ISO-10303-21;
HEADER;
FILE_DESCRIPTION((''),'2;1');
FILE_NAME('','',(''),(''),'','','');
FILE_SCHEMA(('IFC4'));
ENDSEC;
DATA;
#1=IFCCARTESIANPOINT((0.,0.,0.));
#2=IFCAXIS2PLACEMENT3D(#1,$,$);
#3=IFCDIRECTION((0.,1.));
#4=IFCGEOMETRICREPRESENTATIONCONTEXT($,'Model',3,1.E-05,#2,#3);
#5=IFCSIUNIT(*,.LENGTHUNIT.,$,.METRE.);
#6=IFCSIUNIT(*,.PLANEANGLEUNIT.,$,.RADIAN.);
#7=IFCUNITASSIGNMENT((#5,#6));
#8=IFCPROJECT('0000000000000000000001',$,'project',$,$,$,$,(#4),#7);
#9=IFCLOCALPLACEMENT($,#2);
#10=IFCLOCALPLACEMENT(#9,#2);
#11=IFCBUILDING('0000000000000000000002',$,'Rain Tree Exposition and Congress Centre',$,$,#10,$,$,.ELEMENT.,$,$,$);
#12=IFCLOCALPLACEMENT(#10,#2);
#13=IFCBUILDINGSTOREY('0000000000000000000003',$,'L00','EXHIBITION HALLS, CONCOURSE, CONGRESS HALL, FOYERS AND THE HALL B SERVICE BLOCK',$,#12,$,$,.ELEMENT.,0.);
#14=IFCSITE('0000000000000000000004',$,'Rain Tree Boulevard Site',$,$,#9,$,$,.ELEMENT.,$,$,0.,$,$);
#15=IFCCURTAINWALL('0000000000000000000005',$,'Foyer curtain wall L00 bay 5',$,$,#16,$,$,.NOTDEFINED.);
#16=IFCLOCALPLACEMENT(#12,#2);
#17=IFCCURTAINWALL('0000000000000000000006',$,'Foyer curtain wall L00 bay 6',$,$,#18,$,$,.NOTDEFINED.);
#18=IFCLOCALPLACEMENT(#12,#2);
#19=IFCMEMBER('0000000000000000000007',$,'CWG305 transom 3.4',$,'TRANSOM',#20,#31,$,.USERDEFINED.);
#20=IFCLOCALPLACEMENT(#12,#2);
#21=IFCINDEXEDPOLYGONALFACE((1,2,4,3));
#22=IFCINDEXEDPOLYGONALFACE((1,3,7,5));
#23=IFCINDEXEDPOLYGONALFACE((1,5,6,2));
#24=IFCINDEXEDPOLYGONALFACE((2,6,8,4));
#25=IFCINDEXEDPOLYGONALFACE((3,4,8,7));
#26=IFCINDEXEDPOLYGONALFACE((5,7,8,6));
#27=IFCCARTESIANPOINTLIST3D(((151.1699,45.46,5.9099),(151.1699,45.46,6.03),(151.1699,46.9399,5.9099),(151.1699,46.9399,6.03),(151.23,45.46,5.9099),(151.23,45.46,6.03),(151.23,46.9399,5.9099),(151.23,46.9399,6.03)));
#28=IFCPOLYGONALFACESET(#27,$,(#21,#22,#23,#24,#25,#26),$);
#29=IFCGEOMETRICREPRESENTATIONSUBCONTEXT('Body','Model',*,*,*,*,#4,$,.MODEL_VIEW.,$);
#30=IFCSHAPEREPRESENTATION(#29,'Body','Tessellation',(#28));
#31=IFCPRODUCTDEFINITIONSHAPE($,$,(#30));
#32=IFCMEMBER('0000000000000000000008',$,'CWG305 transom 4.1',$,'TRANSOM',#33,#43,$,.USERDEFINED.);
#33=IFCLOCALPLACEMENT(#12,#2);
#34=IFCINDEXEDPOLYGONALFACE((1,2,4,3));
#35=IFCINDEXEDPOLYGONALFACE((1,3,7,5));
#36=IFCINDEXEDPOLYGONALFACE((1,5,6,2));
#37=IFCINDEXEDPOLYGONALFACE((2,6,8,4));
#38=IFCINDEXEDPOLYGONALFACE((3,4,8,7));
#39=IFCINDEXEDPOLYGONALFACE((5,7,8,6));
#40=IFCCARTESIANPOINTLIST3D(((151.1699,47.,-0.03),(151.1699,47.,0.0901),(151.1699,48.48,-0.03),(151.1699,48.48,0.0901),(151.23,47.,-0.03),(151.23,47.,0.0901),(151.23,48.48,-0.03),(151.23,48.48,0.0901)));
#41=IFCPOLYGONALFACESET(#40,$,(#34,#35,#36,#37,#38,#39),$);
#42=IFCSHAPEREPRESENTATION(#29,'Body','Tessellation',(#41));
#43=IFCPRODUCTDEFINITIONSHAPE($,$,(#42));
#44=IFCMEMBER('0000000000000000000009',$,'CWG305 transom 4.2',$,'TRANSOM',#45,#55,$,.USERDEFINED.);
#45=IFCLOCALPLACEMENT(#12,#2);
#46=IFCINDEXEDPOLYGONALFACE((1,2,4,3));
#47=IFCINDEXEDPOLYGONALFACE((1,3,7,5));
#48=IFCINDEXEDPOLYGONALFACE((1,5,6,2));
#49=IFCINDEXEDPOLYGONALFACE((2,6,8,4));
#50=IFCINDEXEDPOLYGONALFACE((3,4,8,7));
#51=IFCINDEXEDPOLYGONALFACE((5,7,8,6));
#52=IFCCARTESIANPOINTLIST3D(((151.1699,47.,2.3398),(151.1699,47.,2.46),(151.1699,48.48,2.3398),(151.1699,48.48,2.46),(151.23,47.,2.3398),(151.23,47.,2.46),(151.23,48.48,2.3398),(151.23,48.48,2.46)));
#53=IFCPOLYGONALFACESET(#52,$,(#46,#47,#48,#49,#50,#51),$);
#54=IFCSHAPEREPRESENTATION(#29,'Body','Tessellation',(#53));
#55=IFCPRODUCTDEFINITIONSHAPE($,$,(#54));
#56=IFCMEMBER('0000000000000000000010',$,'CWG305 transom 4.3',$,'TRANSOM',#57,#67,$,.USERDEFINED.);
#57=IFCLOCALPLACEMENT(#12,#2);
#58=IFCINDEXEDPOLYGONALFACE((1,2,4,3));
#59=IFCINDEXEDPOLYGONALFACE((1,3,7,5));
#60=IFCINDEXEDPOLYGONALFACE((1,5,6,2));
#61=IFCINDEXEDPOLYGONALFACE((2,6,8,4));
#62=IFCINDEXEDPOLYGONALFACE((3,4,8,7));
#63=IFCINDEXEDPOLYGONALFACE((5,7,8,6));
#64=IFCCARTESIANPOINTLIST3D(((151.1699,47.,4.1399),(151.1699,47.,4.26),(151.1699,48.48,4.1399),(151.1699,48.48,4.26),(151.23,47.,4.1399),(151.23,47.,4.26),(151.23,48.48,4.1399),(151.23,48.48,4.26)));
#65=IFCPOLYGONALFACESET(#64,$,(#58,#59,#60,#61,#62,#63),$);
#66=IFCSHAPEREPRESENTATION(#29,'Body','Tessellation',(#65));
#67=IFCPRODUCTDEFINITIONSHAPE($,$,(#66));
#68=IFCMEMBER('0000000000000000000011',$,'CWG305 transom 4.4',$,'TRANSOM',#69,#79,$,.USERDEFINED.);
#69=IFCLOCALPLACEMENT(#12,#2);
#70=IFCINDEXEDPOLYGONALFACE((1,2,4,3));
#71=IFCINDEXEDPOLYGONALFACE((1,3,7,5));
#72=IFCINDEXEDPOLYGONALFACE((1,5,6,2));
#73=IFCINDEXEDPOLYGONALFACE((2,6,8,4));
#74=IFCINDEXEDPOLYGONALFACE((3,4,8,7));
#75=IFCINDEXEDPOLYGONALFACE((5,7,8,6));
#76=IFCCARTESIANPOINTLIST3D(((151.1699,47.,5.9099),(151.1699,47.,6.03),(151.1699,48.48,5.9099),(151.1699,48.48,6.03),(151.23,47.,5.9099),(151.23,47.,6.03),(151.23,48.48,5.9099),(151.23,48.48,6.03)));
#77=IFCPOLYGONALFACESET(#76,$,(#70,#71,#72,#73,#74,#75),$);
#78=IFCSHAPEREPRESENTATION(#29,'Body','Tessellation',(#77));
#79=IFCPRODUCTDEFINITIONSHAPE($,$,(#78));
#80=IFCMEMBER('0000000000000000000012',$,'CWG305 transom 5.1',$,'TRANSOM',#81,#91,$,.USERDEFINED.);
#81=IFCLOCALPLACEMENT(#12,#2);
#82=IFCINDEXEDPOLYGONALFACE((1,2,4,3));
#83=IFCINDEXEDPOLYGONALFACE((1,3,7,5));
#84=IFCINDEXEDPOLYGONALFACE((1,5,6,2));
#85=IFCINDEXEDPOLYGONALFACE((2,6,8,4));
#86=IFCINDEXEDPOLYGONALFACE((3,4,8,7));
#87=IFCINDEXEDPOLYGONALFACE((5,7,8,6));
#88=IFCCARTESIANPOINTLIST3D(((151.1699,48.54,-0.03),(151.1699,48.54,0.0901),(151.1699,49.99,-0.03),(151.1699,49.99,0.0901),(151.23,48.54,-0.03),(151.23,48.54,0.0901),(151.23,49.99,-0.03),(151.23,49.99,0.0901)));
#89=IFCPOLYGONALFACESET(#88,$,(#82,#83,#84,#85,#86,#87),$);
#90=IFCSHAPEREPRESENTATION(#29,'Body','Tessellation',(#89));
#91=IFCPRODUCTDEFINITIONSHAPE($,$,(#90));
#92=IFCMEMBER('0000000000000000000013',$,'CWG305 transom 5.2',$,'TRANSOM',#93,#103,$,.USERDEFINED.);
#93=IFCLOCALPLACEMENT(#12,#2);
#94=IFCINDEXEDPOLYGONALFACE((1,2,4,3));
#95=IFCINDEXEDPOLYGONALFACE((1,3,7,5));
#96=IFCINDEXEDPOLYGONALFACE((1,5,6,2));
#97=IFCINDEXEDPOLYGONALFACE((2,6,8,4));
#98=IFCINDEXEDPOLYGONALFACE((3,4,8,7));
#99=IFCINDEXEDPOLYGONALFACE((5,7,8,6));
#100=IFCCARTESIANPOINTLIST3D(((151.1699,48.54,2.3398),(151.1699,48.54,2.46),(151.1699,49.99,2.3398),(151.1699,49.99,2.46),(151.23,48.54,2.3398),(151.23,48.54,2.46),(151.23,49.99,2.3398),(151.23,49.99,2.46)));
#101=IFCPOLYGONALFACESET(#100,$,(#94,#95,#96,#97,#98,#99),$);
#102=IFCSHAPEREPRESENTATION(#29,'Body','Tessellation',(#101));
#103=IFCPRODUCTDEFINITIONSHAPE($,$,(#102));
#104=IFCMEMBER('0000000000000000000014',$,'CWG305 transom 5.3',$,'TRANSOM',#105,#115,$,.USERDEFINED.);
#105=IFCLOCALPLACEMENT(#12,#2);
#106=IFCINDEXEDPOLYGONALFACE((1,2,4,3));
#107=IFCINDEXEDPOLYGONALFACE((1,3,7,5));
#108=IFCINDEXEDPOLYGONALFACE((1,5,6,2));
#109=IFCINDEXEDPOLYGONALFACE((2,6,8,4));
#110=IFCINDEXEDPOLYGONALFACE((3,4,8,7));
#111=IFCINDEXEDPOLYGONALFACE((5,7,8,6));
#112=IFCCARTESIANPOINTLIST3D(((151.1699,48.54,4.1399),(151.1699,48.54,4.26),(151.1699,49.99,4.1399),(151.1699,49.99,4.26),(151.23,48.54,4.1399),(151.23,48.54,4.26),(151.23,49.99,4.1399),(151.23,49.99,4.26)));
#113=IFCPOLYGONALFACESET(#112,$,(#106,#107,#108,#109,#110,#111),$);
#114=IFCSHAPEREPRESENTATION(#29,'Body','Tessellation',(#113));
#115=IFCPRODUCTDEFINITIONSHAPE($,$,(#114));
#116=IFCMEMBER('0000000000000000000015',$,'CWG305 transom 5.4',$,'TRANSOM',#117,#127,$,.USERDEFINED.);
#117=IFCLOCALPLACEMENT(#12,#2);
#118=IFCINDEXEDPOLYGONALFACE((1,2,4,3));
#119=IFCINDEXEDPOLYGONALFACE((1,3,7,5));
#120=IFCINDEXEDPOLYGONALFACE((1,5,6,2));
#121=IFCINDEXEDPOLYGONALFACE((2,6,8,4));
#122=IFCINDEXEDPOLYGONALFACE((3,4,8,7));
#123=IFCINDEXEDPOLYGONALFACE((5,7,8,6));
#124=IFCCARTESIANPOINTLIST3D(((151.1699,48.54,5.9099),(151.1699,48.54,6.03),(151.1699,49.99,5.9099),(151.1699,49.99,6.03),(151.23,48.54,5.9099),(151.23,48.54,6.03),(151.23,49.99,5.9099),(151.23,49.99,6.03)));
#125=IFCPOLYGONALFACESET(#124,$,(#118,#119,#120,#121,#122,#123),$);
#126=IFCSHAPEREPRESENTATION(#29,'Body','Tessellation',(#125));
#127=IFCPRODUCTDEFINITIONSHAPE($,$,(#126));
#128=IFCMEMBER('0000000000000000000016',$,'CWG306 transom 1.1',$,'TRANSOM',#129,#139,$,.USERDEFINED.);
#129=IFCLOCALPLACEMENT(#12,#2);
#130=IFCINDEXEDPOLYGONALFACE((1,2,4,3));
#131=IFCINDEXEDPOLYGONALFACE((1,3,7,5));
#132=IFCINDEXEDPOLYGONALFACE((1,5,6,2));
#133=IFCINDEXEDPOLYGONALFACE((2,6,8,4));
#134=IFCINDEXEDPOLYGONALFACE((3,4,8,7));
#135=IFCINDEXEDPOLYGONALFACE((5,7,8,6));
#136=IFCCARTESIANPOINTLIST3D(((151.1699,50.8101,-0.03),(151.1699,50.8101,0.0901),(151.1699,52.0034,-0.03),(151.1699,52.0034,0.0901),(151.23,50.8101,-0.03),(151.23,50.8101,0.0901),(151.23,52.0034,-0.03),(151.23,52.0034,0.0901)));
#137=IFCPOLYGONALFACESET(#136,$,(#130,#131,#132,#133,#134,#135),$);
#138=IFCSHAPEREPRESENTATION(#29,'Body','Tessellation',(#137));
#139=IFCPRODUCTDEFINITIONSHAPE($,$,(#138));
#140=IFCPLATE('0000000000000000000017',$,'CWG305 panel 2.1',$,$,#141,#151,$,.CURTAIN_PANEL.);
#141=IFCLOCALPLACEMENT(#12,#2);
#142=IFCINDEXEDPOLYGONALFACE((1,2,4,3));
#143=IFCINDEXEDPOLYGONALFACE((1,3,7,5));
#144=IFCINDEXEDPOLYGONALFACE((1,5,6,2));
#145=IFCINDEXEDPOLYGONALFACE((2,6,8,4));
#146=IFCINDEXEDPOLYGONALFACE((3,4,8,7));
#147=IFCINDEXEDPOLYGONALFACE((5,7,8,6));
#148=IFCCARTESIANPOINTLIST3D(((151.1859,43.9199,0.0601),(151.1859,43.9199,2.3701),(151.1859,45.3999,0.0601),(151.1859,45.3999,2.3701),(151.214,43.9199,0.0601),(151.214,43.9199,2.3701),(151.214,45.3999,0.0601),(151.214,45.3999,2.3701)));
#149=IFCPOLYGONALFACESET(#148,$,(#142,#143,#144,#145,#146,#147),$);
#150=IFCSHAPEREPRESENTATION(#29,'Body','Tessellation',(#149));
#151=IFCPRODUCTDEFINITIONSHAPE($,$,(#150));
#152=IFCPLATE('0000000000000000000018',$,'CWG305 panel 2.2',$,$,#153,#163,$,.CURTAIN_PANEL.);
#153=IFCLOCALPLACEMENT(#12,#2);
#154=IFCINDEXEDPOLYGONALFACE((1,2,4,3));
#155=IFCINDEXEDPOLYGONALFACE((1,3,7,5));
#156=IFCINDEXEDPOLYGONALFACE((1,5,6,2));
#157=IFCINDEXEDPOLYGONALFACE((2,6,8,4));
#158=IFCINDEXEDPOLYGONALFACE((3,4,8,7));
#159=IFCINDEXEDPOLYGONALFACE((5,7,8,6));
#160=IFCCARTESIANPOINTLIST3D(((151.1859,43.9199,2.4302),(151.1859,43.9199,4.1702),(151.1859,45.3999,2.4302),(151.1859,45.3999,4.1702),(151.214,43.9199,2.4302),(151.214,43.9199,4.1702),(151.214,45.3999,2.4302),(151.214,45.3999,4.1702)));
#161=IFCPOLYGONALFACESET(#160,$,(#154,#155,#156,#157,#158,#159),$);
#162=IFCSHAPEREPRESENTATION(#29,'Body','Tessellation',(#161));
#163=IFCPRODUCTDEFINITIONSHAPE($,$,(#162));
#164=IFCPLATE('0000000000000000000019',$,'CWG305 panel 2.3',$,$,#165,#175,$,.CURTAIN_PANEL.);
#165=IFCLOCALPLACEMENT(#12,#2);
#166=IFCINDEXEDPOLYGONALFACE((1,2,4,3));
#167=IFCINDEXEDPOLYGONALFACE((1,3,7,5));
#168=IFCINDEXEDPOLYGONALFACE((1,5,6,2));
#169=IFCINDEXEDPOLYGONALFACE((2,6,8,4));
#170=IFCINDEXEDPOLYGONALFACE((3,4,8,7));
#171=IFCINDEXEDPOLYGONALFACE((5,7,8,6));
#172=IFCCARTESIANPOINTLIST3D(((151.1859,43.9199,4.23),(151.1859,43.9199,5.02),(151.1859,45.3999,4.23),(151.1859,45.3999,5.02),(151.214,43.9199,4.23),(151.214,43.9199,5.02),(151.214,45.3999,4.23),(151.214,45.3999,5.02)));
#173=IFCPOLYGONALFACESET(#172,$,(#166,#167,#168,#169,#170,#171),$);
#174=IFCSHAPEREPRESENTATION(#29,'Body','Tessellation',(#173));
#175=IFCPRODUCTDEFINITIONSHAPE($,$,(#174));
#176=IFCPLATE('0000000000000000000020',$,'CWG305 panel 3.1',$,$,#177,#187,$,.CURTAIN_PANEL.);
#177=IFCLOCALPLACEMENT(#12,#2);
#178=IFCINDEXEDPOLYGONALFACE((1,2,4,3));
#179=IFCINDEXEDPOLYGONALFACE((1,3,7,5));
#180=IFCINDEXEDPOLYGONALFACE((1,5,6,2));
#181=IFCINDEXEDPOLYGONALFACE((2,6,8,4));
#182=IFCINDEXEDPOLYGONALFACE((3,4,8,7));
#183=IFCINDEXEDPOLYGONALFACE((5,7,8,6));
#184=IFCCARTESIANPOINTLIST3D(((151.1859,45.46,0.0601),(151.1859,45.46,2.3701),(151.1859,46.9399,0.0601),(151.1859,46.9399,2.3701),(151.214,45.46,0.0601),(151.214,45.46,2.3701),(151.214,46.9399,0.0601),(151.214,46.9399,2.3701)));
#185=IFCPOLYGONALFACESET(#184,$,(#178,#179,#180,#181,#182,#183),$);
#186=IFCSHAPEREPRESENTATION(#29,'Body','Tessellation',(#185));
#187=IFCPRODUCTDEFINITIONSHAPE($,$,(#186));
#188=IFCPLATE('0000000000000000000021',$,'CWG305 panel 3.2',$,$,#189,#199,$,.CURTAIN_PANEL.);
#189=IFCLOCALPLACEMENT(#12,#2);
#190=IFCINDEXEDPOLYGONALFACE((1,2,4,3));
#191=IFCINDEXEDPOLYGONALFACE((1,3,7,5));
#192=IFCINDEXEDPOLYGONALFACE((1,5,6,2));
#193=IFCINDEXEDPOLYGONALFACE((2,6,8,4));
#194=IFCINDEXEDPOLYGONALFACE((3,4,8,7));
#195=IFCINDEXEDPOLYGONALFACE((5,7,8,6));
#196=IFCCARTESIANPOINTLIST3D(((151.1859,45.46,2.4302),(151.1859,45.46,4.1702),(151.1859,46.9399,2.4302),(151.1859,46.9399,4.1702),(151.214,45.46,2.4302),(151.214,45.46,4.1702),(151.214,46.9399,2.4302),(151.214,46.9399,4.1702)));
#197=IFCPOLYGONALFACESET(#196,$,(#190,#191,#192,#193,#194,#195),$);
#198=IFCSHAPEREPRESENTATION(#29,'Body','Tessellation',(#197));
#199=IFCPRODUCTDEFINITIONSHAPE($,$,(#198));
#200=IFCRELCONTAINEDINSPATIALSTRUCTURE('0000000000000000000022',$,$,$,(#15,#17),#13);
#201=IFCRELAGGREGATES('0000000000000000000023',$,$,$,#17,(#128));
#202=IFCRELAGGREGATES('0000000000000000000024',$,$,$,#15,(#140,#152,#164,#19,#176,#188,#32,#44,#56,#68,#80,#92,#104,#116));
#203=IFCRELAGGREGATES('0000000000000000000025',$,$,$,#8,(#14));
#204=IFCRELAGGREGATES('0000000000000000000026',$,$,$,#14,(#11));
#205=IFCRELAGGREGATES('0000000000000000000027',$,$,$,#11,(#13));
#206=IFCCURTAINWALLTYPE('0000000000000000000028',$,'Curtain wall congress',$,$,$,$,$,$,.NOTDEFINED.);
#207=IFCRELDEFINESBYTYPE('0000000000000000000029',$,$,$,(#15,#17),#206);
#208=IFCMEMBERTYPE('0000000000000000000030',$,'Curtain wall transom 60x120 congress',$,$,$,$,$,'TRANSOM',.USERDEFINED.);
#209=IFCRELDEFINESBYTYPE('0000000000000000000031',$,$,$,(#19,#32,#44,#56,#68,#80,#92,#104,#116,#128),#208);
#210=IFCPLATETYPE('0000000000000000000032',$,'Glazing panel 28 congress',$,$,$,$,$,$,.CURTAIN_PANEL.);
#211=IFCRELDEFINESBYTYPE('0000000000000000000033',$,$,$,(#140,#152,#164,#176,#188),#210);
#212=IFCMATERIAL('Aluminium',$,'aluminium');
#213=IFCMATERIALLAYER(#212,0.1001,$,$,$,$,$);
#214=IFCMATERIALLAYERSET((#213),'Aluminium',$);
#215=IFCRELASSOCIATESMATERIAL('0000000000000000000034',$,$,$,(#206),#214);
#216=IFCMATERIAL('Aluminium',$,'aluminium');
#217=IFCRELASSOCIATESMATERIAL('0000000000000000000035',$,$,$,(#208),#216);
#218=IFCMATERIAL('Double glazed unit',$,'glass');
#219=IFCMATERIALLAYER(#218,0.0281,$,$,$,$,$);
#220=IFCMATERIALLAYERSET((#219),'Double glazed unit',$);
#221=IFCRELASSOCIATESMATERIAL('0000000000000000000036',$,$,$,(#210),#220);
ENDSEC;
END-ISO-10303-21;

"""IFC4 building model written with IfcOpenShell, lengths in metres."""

from ifc_helpers import new_model, si_unit, direction, frame, origin, origin_2d, place, context, subcontext, project, spatial, rectangle, extrude, material, layer, layer_set, material_profile, profile_set, type_object, element, aggregate, save


model = new_model("IFC4")

# Units and contexts
model_context = context("Model", 3, precision=1e-05, world=origin(), true_north=direction((0.0, 1.0)))
body_context = subcontext(model_context, "Body", "Model", "MODEL_VIEW")
ifc_project = project(units=[si_unit("LENGTHUNIT", "METRE"), si_unit("PLANEANGLEUNIT", "RADIAN")], contexts=[model_context])

# Site, building, storey
site_placement = place(None, origin())
site = spatial("IfcSite", under=ifc_project, at=site_placement, Name="Rain Tree Boulevard Site", CompositionType="ELEMENT", RefElevation=0.0)
building_placement = place(site_placement, origin())
building = spatial("IfcBuilding", under=site, at=building_placement, Name="Rain Tree Exposition and Congress Centre", CompositionType="ELEMENT")
storey_placement = place(building_placement, origin())
storey = spatial("IfcBuildingStorey", under=building, at=storey_placement, Name="L00", Description="EXHIBITION HALLS, CONCOURSE, CONGRESS HALL, FOYERS AND THE HALL B SERVICE BLOCK", CompositionType="ELEMENT", Elevation=0.0)

# Curtain wall
ifc_material_1 = material(Name="Aluminium", Category="aluminium")
ifc_layer_1 = layer(ifc_material_1, 0.1001)
ifc_layer_set_1 = layer_set([ifc_layer_1], Name="Aluminium")
curtain_wall_type = type_object("IfcCurtainWallType", Name="Curtain wall congress", PredefinedType="NOTDEFINED", material=ifc_layer_set_1)
curtain_wall_1_placement = place(storey_placement, origin())
curtain_wall_1 = element("IfcCurtainWall", 1, at=curtain_wall_1_placement, inside=storey, type_object=curtain_wall_type, Name="Foyer curtain wall L00 bay 5", PredefinedType="NOTDEFINED")

# Curtain wall
curtain_wall_2_placement = place(storey_placement, origin())
curtain_wall_2 = element("IfcCurtainWall", 2, at=curtain_wall_2_placement, inside=storey, type_object=curtain_wall_type, Name="Foyer curtain wall L00 bay 6", PredefinedType="NOTDEFINED")

# Members
ifc_material_2 = material(Name="Aluminium", Category="aluminium")
ifc_material_profile_1 = material_profile(ifc_material_2, rectangle(XDim=0.0601, YDim=0.1201, at=origin_2d()), Name="AL 60x120")
ifc_profile_set_1 = profile_set([ifc_material_profile_1], Name="Aluminium")
member_type_1 = type_object("IfcMemberType", Name="Curtain wall transom 60x120 congress", ElementType="TRANSOM", PredefinedType="USERDEFINED", material=ifc_profile_set_1)
member_1_placement = place(storey_placement, frame((151.2, 45.46, 5.97), z_axis=(0.0, 1.0, 0.0), x_axis=(-1.0, 0.0, 0.0)))
member_1 = element("IfcMember", 3, at=member_1_placement, type_object=member_type_1, Name="CWG305 transom 3.4", ObjectType="TRANSOM", PredefinedType="USERDEFINED", context=body_context, shape_type="SweptSolid", body=[
    extrude(rectangle(XDim=0.0601, YDim=0.1201, at=origin_2d()), origin(), (0.0, 0.0, 1.0), 1.48),
])
member_2_placement = place(storey_placement, frame((151.2, 47.0, 0.03), z_axis=(0.0, 1.0, 0.0), x_axis=(-1.0, 0.0, 0.0)))
member_2 = element("IfcMember", 4, at=member_2_placement, type_object=member_type_1, Name="CWG305 transom 4.1", ObjectType="TRANSOM", PredefinedType="USERDEFINED", context=body_context, shape_type="SweptSolid", body=[
    extrude(rectangle(XDim=0.0601, YDim=0.1201, at=origin_2d()), origin(), (0.0, 0.0, 1.0), 1.48),
])
member_3_placement = place(storey_placement, frame((151.2, 47.0, 2.3999), z_axis=(0.0, 1.0, 0.0), x_axis=(-1.0, 0.0, 0.0)))
member_3 = element("IfcMember", 5, at=member_3_placement, type_object=member_type_1, Name="CWG305 transom 4.2", ObjectType="TRANSOM", PredefinedType="USERDEFINED", context=body_context, shape_type="SweptSolid", body=[
    extrude(rectangle(XDim=0.0601, YDim=0.1201, at=origin_2d()), origin(), (0.0, 0.0, 1.0), 1.48),
])
member_4_placement = place(storey_placement, frame((151.2, 47.0, 4.2), z_axis=(0.0, 1.0, 0.0), x_axis=(-1.0, 0.0, 0.0)))
member_4 = element("IfcMember", 6, at=member_4_placement, type_object=member_type_1, Name="CWG305 transom 4.3", ObjectType="TRANSOM", PredefinedType="USERDEFINED", context=body_context, shape_type="SweptSolid", body=[
    extrude(rectangle(XDim=0.0601, YDim=0.1201, at=origin_2d()), origin(), (0.0, 0.0, 1.0), 1.48),
])
member_5_placement = place(storey_placement, frame((151.2, 47.0, 5.97), z_axis=(0.0, 1.0, 0.0), x_axis=(-1.0, 0.0, 0.0)))
member_5 = element("IfcMember", 7, at=member_5_placement, type_object=member_type_1, Name="CWG305 transom 4.4", ObjectType="TRANSOM", PredefinedType="USERDEFINED", context=body_context, shape_type="SweptSolid", body=[
    extrude(rectangle(XDim=0.0601, YDim=0.1201, at=origin_2d()), origin(), (0.0, 0.0, 1.0), 1.48),
])
member_6_placement = place(storey_placement, frame((151.2, 48.54, 0.03), z_axis=(0.0, 1.0, 0.0), x_axis=(-1.0, 0.0, 0.0)))
member_6 = element("IfcMember", 8, at=member_6_placement, type_object=member_type_1, Name="CWG305 transom 5.1", ObjectType="TRANSOM", PredefinedType="USERDEFINED", context=body_context, shape_type="SweptSolid", body=[
    extrude(rectangle(XDim=0.0601, YDim=0.1201, at=origin_2d()), origin(), (0.0, 0.0, 1.0), 1.45),
])
member_7_placement = place(storey_placement, frame((151.2, 48.54, 2.3999), z_axis=(0.0, 1.0, 0.0), x_axis=(-1.0, 0.0, 0.0)))
member_7 = element("IfcMember", 9, at=member_7_placement, type_object=member_type_1, Name="CWG305 transom 5.2", ObjectType="TRANSOM", PredefinedType="USERDEFINED", context=body_context, shape_type="SweptSolid", body=[
    extrude(rectangle(XDim=0.0601, YDim=0.1201, at=origin_2d()), origin(), (0.0, 0.0, 1.0), 1.45),
])
member_8_placement = place(storey_placement, frame((151.2, 48.54, 4.2), z_axis=(0.0, 1.0, 0.0), x_axis=(-1.0, 0.0, 0.0)))
member_8 = element("IfcMember", 10, at=member_8_placement, type_object=member_type_1, Name="CWG305 transom 5.3", ObjectType="TRANSOM", PredefinedType="USERDEFINED", context=body_context, shape_type="SweptSolid", body=[
    extrude(rectangle(XDim=0.0601, YDim=0.1201, at=origin_2d()), origin(), (0.0, 0.0, 1.0), 1.45),
])
member_9_placement = place(storey_placement, frame((151.2, 48.54, 5.97), z_axis=(0.0, 1.0, 0.0), x_axis=(-1.0, 0.0, 0.0)))
member_9 = element("IfcMember", 11, at=member_9_placement, type_object=member_type_1, Name="CWG305 transom 5.4", ObjectType="TRANSOM", PredefinedType="USERDEFINED", context=body_context, shape_type="SweptSolid", body=[
    extrude(rectangle(XDim=0.0601, YDim=0.1201, at=origin_2d()), origin(), (0.0, 0.0, 1.0), 1.45),
])
member_10_placement = place(storey_placement, frame((151.2, 50.8101, 0.03), z_axis=(0.0, 1.0, 0.0), x_axis=(-1.0, 0.0, 0.0)))
member_10 = element("IfcMember", 12, at=member_10_placement, type_object=member_type_1, Name="CWG306 transom 1.1", ObjectType="TRANSOM", PredefinedType="USERDEFINED", context=body_context, shape_type="SweptSolid", body=[
    extrude(rectangle(XDim=0.0601, YDim=0.1201, at=origin_2d()), origin(), (0.0, 0.0, 1.0), 1.1934),
])
aggregate(curtain_wall_2, [member_10])

# Plates
ifc_material_3 = material(Name="Double glazed unit", Category="glass")
ifc_layer_2 = layer(ifc_material_3, 0.0281)
ifc_layer_set_2 = layer_set([ifc_layer_2], Name="Double glazed unit")
plate_type = type_object("IfcPlateType", Name="Glazing panel 28 congress", PredefinedType="CURTAIN_PANEL", material=ifc_layer_set_2)
plate_1_placement = place(storey_placement, frame((151.2, 44.6599, 0.0601), z_axis=(0.0, 0.0, 1.0), x_axis=(0.0, 1.0, 0.0)))
plate_1 = element("IfcPlate", 13, at=plate_1_placement, type_object=plate_type, Name="CWG305 panel 2.1", PredefinedType="CURTAIN_PANEL", context=body_context, shape_type="SweptSolid", body=[
    extrude(rectangle(XDim=1.48, YDim=0.0281, at=origin_2d()), origin(), (0.0, 0.0, 1.0), 2.3101),
])
plate_2_placement = place(storey_placement, frame((151.2, 44.6599, 2.4302), z_axis=(0.0, 0.0, 1.0), x_axis=(0.0, 1.0, 0.0)))
plate_2 = element("IfcPlate", 14, at=plate_2_placement, type_object=plate_type, Name="CWG305 panel 2.2", PredefinedType="CURTAIN_PANEL", context=body_context, shape_type="SweptSolid", body=[
    extrude(rectangle(XDim=1.48, YDim=0.0281, at=origin_2d()), origin(), (0.0, 0.0, 1.0), 1.74),
])
plate_3_placement = place(storey_placement, frame((151.2, 44.6599, 4.23), z_axis=(0.0, 0.0, 1.0), x_axis=(0.0, 1.0, 0.0)))
plate_3 = element("IfcPlate", 15, at=plate_3_placement, type_object=plate_type, Name="CWG305 panel 2.3", PredefinedType="CURTAIN_PANEL", context=body_context, shape_type="SweptSolid", body=[
    extrude(rectangle(XDim=1.48, YDim=0.0281, at=origin_2d()), origin(), (0.0, 0.0, 1.0), 0.79),
])
plate_4_placement = place(storey_placement, frame((151.2, 46.2, 0.0601), z_axis=(0.0, 0.0, 1.0), x_axis=(0.0, 1.0, 0.0)))
plate_4 = element("IfcPlate", 16, at=plate_4_placement, type_object=plate_type, Name="CWG305 panel 3.1", PredefinedType="CURTAIN_PANEL", context=body_context, shape_type="SweptSolid", body=[
    extrude(rectangle(XDim=1.48, YDim=0.0281, at=origin_2d()), origin(), (0.0, 0.0, 1.0), 2.3101),
])
plate_5_placement = place(storey_placement, frame((151.2, 46.2, 2.4302), z_axis=(0.0, 0.0, 1.0), x_axis=(0.0, 1.0, 0.0)))
plate_5 = element("IfcPlate", 17, at=plate_5_placement, type_object=plate_type, Name="CWG305 panel 3.2", PredefinedType="CURTAIN_PANEL", context=body_context, shape_type="SweptSolid", body=[
    extrude(rectangle(XDim=1.48, YDim=0.0281, at=origin_2d()), origin(), (0.0, 0.0, 1.0), 1.74),
])
aggregate(curtain_wall_1, [plate_1, plate_2, plate_3, member_1, plate_4, plate_5, member_2, member_3, member_4, member_5, member_6, member_7, member_8, member_9])

save(model, "model.ifc")
